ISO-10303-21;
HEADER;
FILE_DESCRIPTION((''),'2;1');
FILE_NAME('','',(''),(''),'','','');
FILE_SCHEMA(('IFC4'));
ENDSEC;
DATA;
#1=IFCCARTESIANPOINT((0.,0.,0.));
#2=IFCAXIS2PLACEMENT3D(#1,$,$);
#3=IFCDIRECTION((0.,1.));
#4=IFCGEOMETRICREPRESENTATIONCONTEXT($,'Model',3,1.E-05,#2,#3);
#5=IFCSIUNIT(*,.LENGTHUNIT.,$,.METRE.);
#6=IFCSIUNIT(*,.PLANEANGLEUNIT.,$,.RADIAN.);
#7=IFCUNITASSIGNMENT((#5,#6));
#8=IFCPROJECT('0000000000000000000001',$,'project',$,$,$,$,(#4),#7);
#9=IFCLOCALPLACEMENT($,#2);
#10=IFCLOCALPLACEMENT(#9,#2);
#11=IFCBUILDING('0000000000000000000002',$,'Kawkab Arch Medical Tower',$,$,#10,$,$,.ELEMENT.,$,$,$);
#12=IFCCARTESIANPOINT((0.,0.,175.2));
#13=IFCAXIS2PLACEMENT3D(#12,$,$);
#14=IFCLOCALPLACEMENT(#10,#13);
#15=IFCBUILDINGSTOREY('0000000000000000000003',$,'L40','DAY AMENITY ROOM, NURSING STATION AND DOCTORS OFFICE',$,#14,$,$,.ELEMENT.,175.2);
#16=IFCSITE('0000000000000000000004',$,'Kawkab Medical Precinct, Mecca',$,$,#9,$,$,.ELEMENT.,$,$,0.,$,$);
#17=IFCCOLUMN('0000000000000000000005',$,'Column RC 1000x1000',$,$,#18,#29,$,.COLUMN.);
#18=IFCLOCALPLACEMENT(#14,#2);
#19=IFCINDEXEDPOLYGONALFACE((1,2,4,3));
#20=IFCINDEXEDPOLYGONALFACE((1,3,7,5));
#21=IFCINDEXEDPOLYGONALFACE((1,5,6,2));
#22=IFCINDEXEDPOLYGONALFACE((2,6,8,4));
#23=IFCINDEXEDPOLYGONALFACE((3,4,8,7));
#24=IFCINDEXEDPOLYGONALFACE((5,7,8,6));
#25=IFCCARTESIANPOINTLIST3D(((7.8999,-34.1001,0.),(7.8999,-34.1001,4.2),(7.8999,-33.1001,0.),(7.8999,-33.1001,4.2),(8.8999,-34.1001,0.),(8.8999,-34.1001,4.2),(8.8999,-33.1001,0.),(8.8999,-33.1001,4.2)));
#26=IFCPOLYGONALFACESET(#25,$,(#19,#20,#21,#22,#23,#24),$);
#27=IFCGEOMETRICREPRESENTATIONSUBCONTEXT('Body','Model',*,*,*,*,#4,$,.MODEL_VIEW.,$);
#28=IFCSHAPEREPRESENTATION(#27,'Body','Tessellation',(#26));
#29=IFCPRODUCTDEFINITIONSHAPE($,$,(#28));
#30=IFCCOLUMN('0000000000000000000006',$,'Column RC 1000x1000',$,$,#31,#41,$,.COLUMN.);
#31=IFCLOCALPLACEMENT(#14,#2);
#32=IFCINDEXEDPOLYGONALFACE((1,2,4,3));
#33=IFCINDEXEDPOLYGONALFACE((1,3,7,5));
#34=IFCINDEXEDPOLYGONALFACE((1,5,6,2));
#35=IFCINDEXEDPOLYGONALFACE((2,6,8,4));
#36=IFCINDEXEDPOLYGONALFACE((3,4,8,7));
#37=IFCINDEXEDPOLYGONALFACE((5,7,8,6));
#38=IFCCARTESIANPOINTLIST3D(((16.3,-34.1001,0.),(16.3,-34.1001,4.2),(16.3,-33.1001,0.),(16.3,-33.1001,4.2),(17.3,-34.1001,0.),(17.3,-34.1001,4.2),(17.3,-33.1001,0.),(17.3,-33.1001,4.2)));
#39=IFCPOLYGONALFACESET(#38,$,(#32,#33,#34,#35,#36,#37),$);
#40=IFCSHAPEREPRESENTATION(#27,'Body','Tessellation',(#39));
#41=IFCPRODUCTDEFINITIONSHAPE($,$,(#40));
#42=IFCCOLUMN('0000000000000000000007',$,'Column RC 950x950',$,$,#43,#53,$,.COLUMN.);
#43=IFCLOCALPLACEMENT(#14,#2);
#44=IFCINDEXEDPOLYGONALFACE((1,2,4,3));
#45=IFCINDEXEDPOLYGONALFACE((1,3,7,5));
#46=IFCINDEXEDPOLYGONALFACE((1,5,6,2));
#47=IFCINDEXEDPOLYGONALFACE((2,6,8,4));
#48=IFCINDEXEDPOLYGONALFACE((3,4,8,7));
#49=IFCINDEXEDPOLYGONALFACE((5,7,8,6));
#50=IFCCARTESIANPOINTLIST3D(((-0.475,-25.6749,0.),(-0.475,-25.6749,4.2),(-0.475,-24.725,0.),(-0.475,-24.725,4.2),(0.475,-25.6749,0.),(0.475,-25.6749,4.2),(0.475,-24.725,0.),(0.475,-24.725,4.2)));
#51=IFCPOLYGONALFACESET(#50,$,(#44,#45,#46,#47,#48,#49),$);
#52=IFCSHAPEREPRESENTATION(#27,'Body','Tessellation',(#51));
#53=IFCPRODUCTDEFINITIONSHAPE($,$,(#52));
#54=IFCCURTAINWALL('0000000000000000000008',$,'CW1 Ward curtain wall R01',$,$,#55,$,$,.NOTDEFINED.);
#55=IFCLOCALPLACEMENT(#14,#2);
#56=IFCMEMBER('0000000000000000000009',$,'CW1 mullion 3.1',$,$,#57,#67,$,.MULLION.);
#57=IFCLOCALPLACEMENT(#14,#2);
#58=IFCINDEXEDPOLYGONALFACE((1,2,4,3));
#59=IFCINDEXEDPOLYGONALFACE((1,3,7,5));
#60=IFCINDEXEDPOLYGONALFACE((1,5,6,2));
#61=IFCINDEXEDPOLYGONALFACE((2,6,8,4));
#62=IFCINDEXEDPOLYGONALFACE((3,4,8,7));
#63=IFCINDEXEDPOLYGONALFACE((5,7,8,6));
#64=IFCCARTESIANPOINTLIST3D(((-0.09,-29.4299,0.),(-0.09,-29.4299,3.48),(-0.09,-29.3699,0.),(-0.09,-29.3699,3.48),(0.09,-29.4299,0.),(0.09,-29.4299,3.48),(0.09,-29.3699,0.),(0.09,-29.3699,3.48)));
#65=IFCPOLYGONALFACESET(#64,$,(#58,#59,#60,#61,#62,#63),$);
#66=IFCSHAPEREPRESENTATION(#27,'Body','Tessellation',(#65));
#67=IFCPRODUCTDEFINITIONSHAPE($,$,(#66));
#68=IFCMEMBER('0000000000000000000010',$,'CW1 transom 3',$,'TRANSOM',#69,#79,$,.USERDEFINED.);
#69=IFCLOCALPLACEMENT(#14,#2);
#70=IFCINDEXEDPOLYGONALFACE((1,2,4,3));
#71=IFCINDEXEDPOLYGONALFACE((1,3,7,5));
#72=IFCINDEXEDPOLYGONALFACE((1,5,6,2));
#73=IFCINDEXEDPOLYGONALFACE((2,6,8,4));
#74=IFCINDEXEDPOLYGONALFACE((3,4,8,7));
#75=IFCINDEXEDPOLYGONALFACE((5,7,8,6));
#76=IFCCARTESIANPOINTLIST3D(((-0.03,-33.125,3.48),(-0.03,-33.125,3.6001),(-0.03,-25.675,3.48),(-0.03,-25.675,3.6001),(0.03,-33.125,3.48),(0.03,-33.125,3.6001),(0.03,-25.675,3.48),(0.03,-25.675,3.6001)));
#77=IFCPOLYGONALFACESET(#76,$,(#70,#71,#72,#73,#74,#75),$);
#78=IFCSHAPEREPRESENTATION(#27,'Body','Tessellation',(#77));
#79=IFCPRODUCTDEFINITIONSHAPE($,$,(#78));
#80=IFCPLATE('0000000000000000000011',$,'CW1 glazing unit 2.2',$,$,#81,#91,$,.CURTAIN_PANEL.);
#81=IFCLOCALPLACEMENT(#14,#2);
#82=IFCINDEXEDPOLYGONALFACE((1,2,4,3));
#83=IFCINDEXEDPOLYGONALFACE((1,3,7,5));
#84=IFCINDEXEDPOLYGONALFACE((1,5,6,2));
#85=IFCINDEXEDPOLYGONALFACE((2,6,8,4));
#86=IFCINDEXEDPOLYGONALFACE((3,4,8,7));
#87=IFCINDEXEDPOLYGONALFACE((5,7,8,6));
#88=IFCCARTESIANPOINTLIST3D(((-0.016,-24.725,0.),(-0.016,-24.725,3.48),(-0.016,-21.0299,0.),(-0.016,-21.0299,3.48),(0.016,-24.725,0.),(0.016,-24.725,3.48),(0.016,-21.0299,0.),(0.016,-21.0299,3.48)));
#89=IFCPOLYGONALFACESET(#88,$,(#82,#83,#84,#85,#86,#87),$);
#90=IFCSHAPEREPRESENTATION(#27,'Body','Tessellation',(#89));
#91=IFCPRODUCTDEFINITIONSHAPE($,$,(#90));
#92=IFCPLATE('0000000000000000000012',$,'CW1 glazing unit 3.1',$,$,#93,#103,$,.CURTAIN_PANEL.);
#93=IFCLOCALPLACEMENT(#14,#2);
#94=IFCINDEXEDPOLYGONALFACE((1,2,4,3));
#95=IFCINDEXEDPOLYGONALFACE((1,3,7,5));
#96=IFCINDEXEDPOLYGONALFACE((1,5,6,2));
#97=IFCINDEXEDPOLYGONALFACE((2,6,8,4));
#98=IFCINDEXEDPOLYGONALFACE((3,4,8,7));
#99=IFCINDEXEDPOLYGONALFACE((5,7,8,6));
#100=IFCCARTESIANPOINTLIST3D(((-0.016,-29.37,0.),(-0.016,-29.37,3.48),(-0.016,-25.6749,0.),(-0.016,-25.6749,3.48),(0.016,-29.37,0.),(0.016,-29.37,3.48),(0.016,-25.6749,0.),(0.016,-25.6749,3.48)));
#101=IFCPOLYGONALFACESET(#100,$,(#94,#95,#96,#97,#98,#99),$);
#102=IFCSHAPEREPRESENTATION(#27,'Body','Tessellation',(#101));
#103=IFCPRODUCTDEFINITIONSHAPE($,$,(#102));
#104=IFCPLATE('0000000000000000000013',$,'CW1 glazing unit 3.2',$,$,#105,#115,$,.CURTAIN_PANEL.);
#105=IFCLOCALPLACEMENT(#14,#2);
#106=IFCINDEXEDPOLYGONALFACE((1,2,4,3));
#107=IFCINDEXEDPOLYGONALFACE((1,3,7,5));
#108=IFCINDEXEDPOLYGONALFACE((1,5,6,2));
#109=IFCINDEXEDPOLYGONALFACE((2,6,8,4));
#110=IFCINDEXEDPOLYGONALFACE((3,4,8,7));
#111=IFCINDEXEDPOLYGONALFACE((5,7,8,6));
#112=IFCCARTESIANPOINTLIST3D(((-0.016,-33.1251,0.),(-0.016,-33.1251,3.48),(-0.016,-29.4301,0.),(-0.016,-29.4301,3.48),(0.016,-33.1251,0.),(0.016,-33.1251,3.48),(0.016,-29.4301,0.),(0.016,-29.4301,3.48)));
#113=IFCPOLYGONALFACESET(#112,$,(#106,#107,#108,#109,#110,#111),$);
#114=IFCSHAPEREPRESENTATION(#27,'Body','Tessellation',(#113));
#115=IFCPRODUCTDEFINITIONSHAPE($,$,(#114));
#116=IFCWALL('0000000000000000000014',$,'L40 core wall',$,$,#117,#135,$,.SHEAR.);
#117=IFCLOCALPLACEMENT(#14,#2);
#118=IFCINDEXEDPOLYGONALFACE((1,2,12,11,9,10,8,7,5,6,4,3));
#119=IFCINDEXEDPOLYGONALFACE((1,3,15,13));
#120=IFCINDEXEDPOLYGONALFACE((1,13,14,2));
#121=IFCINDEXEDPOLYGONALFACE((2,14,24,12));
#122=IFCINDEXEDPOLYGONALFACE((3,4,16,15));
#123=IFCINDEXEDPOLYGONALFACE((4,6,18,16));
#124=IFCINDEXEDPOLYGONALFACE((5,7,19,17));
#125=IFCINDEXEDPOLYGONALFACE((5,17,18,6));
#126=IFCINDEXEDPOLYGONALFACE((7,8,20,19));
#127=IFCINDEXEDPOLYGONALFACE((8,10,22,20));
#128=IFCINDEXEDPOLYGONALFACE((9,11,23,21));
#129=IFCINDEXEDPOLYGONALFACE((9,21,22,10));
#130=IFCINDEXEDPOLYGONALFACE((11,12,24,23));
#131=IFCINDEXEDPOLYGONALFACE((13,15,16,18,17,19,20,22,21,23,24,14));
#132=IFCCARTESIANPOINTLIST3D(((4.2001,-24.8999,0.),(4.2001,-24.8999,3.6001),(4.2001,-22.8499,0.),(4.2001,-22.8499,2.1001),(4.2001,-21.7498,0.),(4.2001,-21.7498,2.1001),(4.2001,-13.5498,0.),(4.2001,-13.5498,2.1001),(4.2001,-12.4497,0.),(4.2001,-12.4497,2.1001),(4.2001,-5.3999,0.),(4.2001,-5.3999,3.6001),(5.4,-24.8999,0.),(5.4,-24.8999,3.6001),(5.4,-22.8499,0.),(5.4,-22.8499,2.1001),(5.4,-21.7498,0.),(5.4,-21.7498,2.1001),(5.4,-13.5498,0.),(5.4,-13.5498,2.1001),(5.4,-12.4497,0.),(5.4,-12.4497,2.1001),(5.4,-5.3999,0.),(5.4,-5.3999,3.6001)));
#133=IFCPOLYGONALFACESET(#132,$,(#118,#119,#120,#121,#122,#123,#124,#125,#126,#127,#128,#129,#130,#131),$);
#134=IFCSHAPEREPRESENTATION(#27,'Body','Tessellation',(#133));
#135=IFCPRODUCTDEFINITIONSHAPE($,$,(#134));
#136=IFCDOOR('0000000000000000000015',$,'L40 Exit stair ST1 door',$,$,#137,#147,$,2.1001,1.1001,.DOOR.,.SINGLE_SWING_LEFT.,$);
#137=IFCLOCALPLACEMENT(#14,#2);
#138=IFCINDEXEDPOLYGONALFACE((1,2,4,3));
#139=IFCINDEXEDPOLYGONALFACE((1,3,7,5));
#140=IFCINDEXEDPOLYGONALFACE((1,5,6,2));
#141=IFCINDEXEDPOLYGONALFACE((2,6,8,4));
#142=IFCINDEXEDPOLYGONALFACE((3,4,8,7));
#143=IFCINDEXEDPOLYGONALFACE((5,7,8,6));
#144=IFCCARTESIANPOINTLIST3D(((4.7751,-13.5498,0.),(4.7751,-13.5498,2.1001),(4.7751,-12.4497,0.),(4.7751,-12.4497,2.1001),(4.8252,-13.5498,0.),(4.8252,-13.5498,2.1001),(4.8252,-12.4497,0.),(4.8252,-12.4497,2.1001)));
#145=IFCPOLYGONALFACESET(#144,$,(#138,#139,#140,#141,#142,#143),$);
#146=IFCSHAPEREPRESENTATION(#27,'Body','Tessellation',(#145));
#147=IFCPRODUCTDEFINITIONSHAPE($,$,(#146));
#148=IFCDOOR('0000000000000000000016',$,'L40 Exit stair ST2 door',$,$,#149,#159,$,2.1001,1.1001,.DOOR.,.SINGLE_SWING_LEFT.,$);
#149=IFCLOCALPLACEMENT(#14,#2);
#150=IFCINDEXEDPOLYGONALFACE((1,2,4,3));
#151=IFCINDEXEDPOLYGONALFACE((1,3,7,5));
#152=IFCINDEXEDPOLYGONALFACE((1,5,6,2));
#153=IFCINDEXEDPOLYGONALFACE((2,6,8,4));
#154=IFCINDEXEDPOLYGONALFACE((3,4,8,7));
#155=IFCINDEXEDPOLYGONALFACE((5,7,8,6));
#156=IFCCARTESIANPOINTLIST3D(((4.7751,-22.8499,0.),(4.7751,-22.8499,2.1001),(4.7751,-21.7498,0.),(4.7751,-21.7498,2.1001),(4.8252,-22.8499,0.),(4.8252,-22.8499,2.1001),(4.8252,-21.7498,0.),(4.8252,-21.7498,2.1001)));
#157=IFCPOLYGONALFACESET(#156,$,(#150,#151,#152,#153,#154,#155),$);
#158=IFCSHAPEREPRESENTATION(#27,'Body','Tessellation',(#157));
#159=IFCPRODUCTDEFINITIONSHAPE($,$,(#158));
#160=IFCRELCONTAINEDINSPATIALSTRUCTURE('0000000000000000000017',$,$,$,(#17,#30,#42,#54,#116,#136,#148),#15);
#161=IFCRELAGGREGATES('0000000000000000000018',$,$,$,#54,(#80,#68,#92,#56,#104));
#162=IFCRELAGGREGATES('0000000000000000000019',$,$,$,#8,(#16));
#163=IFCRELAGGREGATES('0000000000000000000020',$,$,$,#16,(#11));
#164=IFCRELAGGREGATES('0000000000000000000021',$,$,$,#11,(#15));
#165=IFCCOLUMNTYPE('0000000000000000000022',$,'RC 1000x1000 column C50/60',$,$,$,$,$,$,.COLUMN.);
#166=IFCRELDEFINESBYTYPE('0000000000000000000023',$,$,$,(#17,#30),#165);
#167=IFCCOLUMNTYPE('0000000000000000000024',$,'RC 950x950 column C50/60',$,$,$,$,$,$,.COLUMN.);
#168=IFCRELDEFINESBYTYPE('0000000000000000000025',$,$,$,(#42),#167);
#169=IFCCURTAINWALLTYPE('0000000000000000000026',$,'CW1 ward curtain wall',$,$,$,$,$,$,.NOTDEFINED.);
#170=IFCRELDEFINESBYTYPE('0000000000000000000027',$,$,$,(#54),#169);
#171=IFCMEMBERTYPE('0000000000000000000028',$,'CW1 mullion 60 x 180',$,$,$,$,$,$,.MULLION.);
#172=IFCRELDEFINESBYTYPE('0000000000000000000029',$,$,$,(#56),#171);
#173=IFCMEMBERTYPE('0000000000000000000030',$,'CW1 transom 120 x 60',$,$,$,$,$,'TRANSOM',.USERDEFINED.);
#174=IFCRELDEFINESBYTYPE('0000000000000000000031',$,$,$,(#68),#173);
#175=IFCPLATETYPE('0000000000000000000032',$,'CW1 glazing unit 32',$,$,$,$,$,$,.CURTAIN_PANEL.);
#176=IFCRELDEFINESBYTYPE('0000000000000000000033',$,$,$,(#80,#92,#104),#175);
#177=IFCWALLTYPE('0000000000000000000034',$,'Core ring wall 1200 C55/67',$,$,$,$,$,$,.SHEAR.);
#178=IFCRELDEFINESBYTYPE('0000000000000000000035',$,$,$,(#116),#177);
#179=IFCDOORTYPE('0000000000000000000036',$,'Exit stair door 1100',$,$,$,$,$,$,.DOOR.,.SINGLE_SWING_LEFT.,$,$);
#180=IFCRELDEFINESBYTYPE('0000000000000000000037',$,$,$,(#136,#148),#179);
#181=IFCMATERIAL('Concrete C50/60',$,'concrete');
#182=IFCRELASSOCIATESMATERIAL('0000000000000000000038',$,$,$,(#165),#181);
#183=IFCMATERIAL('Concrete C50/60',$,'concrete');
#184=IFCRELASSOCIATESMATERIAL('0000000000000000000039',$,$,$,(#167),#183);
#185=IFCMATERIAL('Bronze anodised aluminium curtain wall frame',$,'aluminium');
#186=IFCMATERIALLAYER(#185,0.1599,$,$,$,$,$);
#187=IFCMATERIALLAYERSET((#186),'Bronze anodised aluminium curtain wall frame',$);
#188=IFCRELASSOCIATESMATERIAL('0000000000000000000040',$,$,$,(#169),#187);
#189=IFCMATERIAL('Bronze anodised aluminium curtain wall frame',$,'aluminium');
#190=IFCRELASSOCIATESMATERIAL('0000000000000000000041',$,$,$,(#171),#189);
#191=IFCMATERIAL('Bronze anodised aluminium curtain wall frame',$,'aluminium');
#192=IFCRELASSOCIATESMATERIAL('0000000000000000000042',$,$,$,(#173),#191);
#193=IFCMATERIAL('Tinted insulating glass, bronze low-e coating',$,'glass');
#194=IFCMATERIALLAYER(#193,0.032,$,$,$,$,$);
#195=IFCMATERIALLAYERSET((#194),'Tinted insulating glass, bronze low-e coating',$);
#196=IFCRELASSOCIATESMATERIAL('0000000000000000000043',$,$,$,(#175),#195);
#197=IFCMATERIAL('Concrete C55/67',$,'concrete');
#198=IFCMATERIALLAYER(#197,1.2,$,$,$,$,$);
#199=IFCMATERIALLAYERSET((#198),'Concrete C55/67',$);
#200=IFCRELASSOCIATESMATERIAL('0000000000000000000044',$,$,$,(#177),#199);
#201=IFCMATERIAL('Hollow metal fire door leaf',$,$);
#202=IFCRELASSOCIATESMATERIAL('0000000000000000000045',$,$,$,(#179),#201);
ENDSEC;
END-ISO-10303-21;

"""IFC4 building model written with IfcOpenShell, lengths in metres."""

from ifc_helpers import new_model, si_unit, direction, frame, frame_2d, origin, origin_2d, place, context, subcontext, project, spatial, rectangle, extrude, material, layer, layer_set, material_profile, profile_set, type_object, element, fill, aggregate, save


model = new_model("IFC4")

# Units and contexts
model_context = context("Model", 3, precision=1e-05, world=origin(), true_north=direction((0.0, 1.0)))
body_context = subcontext(model_context, "Body", "Model", "MODEL_VIEW")
ifc_project = project(units=[si_unit("LENGTHUNIT", "METRE"), si_unit("PLANEANGLEUNIT", "RADIAN")], contexts=[model_context])

# Site, building, storey
site_placement = place(None, origin())
site = spatial("IfcSite", under=ifc_project, at=site_placement, Name="Kawkab Medical Precinct, Mecca", CompositionType="ELEMENT", RefElevation=0.0)
building_placement = place(site_placement, origin())
building = spatial("IfcBuilding", under=site, at=building_placement, Name="Kawkab Arch Medical Tower", CompositionType="ELEMENT")
storey_placement = place(building_placement, frame((0.0, 0.0, 175.2)))
storey = spatial("IfcBuildingStorey", under=building, at=storey_placement, Name="L40", Description="DAY AMENITY ROOM, NURSING STATION AND DOCTORS OFFICE", CompositionType="ELEMENT", Elevation=175.2)

# Columns
ifc_material_1 = material(Name="Concrete C50/60", Category="concrete")
ifc_material_profile_1 = material_profile(ifc_material_1, rectangle(XDim=1.0, YDim=1.0, at=origin_2d()), Name="RC 1000x1000")
ifc_profile_set_1 = profile_set([ifc_material_profile_1], Name="Concrete C50/60")
column_type_1 = type_object("IfcColumnType", Name="RC 1000x1000 column C50/60", PredefinedType="COLUMN", material=ifc_profile_set_1)
for number, where, z_axis, x_axis, name in (
    (1, (8.3999, -33.6001, 0.0), (0.0, 0.0, 1.0), (1.0, 0.0, 0.0), "Column RC 1000x1000"),
    (2, (16.8, -33.6001, 0.0), (0.0, 0.0, 1.0), (1.0, 0.0, 0.0), "Column RC 1000x1000"),
):
    element("IfcColumn", number, at=place(storey_placement, frame(where, z_axis=z_axis, x_axis=x_axis)), inside=storey, type_object=column_type_1, Name=name, PredefinedType="COLUMN", context=body_context, shape_type="SweptSolid", body=[
        extrude(rectangle(XDim=1.0, YDim=1.0, at=origin_2d()), origin(), (0.0, 0.0, 1.0), 4.2),
    ])
ifc_material_2 = material(Name="Concrete C50/60", Category="concrete")
ifc_material_profile_2 = material_profile(ifc_material_2, rectangle(XDim=0.95, YDim=0.95, at=origin_2d()), Name="RC 950x950")
ifc_profile_set_2 = profile_set([ifc_material_profile_2], Name="Concrete C50/60")
column_type_2 = type_object("IfcColumnType", Name="RC 950x950 column C50/60", PredefinedType="COLUMN", material=ifc_profile_set_2)
column_placement = place(storey_placement, frame((0.0, -25.2, 0.0), z_axis=(0.0, 0.0, 1.0), x_axis=(1.0, 0.0, 0.0)))
element("IfcColumn", 3, at=column_placement, inside=storey, type_object=column_type_2, Name="Column RC 950x950", PredefinedType="COLUMN", context=body_context, shape_type="SweptSolid", body=[
    extrude(rectangle(XDim=0.95, YDim=0.95, at=origin_2d()), origin(), (0.0, 0.0, 1.0), 4.2),
])

# Curtain wall, members, plates
ifc_material_3 = material(Name="Bronze anodised aluminium curtain wall frame", Category="aluminium")
ifc_layer_1 = layer(ifc_material_3, 0.1599)
ifc_layer_set_1 = layer_set([ifc_layer_1], Name="Bronze anodised aluminium curtain wall frame")
curtain_wall_type = type_object("IfcCurtainWallType", Name="CW1 ward curtain wall", PredefinedType="NOTDEFINED", material=ifc_layer_set_1)
placement = place(storey_placement, origin())
curtain_wall = element("IfcCurtainWall", 4, at=placement, inside=storey, type_object=curtain_wall_type, Name="CW1 Ward curtain wall R01", PredefinedType="NOTDEFINED")
ifc_material_4 = material(Name="Bronze anodised aluminium curtain wall frame", Category="aluminium")
ifc_material_profile_3 = material_profile(ifc_material_4, rectangle(XDim=0.1799, YDim=0.0601, at=origin_2d()), Name="AL 60x180")
ifc_profile_set_3 = profile_set([ifc_material_profile_3], Name="Bronze anodised aluminium curtain wall frame")
member_type_1 = type_object("IfcMemberType", Name="CW1 mullion 60 x 180", PredefinedType="MULLION", material=ifc_profile_set_3)
member_1_placement = place(storey_placement, frame((0.0, -29.3999, 0.0), z_axis=(0.0, 0.0, 1.0), x_axis=(1.0, 0.0, 0.0)))
member_1 = element("IfcMember", 5, at=member_1_placement, type_object=member_type_1, Name="CW1 mullion 3.1", PredefinedType="MULLION", context=body_context, shape_type="SweptSolid", body=[
    extrude(rectangle(XDim=0.1799, YDim=0.0601, at=origin_2d()), origin(), (0.0, 0.0, 1.0), 3.48),
])
ifc_material_5 = material(Name="Bronze anodised aluminium curtain wall frame", Category="aluminium")
ifc_material_profile_4 = material_profile(ifc_material_5, rectangle(XDim=0.0601, YDim=0.1201, at=origin_2d()), Name="AL 60x120")
ifc_profile_set_4 = profile_set([ifc_material_profile_4], Name="Bronze anodised aluminium curtain wall frame")
member_type_2 = type_object("IfcMemberType", Name="CW1 transom 120 x 60", ElementType="TRANSOM", PredefinedType="USERDEFINED", material=ifc_profile_set_4)
member_2_placement = place(storey_placement, frame((0.0, -25.675, 3.54), z_axis=(0.0, -1.0, 0.0), x_axis=(1.0, 0.0, 0.0)))
member_2 = element("IfcMember", 6, at=member_2_placement, type_object=member_type_2, Name="CW1 transom 3", ObjectType="TRANSOM", PredefinedType="USERDEFINED", context=body_context, shape_type="SweptSolid", body=[
    extrude(rectangle(XDim=0.0601, YDim=0.1201, at=origin_2d()), origin(), (0.0, 0.0, 1.0), 7.45),
])
ifc_material_6 = material(Name="Tinted insulating glass, bronze low-e coating", Category="glass")
ifc_layer_2 = layer(ifc_material_6, 0.032)
ifc_layer_set_2 = layer_set([ifc_layer_2], Name="Tinted insulating glass, bronze low-e coating")
plate_type = type_object("IfcPlateType", Name="CW1 glazing unit 32", PredefinedType="CURTAIN_PANEL", material=ifc_layer_set_2)
plate_1_placement = place(storey_placement, frame((0.0, -22.8774, 0.0), z_axis=(0.0, 0.0, 1.0), x_axis=(0.0, -1.0, 0.0)))
plate_1 = element("IfcPlate", 7, at=plate_1_placement, type_object=plate_type, Name="CW1 glazing unit 2.2", PredefinedType="CURTAIN_PANEL", context=body_context, shape_type="SweptSolid", body=[
    extrude(rectangle(XDim=3.6951, YDim=0.032, at=origin_2d()), origin(), (0.0, 0.0, 1.0), 3.48),
])
plate_2_placement = place(storey_placement, frame((0.0, -27.5225, 0.0), z_axis=(0.0, 0.0, 1.0), x_axis=(0.0, -1.0, 0.0)))
plate_2 = element("IfcPlate", 8, at=plate_2_placement, type_object=plate_type, Name="CW1 glazing unit 3.1", PredefinedType="CURTAIN_PANEL", context=body_context, shape_type="SweptSolid", body=[
    extrude(rectangle(XDim=3.6951, YDim=0.032, at=origin_2d()), origin(), (0.0, 0.0, 1.0), 3.48),
])
plate_3_placement = place(storey_placement, frame((0.0, -31.2776, 0.0), z_axis=(0.0, 0.0, 1.0), x_axis=(0.0, -1.0, 0.0)))
plate_3 = element("IfcPlate", 9, at=plate_3_placement, type_object=plate_type, Name="CW1 glazing unit 3.2", PredefinedType="CURTAIN_PANEL", context=body_context, shape_type="SweptSolid", body=[
    extrude(rectangle(XDim=3.6951, YDim=0.032, at=origin_2d()), origin(), (0.0, 0.0, 1.0), 3.48),
])
aggregate(curtain_wall, [plate_1, member_2, plate_2, member_1, plate_3])

# Wall, openings, doors
ifc_material_7 = material(Name="Concrete C55/67", Category="concrete")
ifc_layer_3 = layer(ifc_material_7, 1.2)
ifc_layer_set_3 = layer_set([ifc_layer_3], Name="Concrete C55/67")
wall_type_1 = type_object("IfcWallType", Name="Core ring wall 1200 C55/67", PredefinedType="SHEAR", material=ifc_layer_set_3)
wall_1_placement = place(storey_placement, frame((4.8, -24.8999, 0.0), z_axis=(0.0, 0.0, 1.0), x_axis=(0.0, 1.0, 0.0)))
wall_1 = element("IfcWall", 10, at=wall_1_placement, inside=storey, type_object=wall_type_1, Name="L40 core wall", PredefinedType="SHEAR", context=body_context, shape_type="SweptSolid", body=[
    extrude(rectangle(XDim=19.5, YDim=1.2, at=frame_2d((9.75, 0.0))), origin(), (0.0, 0.0, 1.0), 3.6001),
])
opening_1_placement = place(wall_1_placement, frame((11.3501, 0.0, 0.0)))
opening_1 = element("IfcOpeningElement", 11, at=opening_1_placement, cuts=wall_1, PredefinedType="OPENING", context=body_context, shape_type="SweptSolid", body=[
    extrude(rectangle(XDim=1.1001, YDim=2.1001, at=frame_2d((0.55, 1.05))), frame((0.0, 0.6099, 0.0), z_axis=(0.0, -1.0, 0.0), x_axis=(1.0, 0.0, 0.0)), (0.0, 0.0, 1.0), 1.22),
])
opening_2_placement = place(wall_1_placement, frame((2.05, 0.0, 0.0)))
opening_2 = element("IfcOpeningElement", 12, at=opening_2_placement, cuts=wall_1, PredefinedType="OPENING", context=body_context, shape_type="SweptSolid", body=[
    extrude(rectangle(XDim=1.1001, YDim=2.1001, at=frame_2d((0.55, 1.05))), frame((0.0, 0.6099, 0.0), z_axis=(0.0, -1.0, 0.0), x_axis=(1.0, 0.0, 0.0)), (0.0, 0.0, 1.0), 1.22),
])
ifc_material_8 = material(Name="Hollow metal fire door leaf")
door_type_1 = type_object("IfcDoorType", Name="Exit stair door 1100", OperationType="SINGLE_SWING_LEFT", PredefinedType="DOOR", material=ifc_material_8)
door_1_placement = place(opening_1_placement, origin())
door_1 = element("IfcDoor", 13, at=door_1_placement, inside=storey, type_object=door_type_1, Name="L40 Exit stair ST1 door", OperationType="SINGLE_SWING_LEFT", OverallHeight=2.1001, OverallWidth=1.1001, PredefinedType="DOOR", context=body_context, shape_type="SweptSolid", body=[
    extrude(rectangle(XDim=1.1001, YDim=2.1001, at=frame_2d((0.55, 1.05))), frame((0.0, 0.0249, 0.0), z_axis=(0.0, -1.0, 0.0), x_axis=(1.0, 0.0, 0.0)), (0.0, 0.0, 1.0), 0.05),
])
fill(opening_1, door_1)
door_2_placement = place(opening_2_placement, origin())
door_2 = element("IfcDoor", 14, at=door_2_placement, inside=storey, type_object=door_type_1, Name="L40 Exit stair ST2 door", OperationType="SINGLE_SWING_LEFT", OverallHeight=2.1001, OverallWidth=1.1001, PredefinedType="DOOR", context=body_context, shape_type="SweptSolid", body=[
    extrude(rectangle(XDim=1.1001, YDim=2.1001, at=frame_2d((0.55, 1.05))), frame((0.0, 0.0249, 0.0), z_axis=(0.0, -1.0, 0.0), x_axis=(1.0, 0.0, 0.0)), (0.0, 0.0, 1.0), 0.05),
])
fill(opening_2, door_2)

save(model, "model.ifc")
